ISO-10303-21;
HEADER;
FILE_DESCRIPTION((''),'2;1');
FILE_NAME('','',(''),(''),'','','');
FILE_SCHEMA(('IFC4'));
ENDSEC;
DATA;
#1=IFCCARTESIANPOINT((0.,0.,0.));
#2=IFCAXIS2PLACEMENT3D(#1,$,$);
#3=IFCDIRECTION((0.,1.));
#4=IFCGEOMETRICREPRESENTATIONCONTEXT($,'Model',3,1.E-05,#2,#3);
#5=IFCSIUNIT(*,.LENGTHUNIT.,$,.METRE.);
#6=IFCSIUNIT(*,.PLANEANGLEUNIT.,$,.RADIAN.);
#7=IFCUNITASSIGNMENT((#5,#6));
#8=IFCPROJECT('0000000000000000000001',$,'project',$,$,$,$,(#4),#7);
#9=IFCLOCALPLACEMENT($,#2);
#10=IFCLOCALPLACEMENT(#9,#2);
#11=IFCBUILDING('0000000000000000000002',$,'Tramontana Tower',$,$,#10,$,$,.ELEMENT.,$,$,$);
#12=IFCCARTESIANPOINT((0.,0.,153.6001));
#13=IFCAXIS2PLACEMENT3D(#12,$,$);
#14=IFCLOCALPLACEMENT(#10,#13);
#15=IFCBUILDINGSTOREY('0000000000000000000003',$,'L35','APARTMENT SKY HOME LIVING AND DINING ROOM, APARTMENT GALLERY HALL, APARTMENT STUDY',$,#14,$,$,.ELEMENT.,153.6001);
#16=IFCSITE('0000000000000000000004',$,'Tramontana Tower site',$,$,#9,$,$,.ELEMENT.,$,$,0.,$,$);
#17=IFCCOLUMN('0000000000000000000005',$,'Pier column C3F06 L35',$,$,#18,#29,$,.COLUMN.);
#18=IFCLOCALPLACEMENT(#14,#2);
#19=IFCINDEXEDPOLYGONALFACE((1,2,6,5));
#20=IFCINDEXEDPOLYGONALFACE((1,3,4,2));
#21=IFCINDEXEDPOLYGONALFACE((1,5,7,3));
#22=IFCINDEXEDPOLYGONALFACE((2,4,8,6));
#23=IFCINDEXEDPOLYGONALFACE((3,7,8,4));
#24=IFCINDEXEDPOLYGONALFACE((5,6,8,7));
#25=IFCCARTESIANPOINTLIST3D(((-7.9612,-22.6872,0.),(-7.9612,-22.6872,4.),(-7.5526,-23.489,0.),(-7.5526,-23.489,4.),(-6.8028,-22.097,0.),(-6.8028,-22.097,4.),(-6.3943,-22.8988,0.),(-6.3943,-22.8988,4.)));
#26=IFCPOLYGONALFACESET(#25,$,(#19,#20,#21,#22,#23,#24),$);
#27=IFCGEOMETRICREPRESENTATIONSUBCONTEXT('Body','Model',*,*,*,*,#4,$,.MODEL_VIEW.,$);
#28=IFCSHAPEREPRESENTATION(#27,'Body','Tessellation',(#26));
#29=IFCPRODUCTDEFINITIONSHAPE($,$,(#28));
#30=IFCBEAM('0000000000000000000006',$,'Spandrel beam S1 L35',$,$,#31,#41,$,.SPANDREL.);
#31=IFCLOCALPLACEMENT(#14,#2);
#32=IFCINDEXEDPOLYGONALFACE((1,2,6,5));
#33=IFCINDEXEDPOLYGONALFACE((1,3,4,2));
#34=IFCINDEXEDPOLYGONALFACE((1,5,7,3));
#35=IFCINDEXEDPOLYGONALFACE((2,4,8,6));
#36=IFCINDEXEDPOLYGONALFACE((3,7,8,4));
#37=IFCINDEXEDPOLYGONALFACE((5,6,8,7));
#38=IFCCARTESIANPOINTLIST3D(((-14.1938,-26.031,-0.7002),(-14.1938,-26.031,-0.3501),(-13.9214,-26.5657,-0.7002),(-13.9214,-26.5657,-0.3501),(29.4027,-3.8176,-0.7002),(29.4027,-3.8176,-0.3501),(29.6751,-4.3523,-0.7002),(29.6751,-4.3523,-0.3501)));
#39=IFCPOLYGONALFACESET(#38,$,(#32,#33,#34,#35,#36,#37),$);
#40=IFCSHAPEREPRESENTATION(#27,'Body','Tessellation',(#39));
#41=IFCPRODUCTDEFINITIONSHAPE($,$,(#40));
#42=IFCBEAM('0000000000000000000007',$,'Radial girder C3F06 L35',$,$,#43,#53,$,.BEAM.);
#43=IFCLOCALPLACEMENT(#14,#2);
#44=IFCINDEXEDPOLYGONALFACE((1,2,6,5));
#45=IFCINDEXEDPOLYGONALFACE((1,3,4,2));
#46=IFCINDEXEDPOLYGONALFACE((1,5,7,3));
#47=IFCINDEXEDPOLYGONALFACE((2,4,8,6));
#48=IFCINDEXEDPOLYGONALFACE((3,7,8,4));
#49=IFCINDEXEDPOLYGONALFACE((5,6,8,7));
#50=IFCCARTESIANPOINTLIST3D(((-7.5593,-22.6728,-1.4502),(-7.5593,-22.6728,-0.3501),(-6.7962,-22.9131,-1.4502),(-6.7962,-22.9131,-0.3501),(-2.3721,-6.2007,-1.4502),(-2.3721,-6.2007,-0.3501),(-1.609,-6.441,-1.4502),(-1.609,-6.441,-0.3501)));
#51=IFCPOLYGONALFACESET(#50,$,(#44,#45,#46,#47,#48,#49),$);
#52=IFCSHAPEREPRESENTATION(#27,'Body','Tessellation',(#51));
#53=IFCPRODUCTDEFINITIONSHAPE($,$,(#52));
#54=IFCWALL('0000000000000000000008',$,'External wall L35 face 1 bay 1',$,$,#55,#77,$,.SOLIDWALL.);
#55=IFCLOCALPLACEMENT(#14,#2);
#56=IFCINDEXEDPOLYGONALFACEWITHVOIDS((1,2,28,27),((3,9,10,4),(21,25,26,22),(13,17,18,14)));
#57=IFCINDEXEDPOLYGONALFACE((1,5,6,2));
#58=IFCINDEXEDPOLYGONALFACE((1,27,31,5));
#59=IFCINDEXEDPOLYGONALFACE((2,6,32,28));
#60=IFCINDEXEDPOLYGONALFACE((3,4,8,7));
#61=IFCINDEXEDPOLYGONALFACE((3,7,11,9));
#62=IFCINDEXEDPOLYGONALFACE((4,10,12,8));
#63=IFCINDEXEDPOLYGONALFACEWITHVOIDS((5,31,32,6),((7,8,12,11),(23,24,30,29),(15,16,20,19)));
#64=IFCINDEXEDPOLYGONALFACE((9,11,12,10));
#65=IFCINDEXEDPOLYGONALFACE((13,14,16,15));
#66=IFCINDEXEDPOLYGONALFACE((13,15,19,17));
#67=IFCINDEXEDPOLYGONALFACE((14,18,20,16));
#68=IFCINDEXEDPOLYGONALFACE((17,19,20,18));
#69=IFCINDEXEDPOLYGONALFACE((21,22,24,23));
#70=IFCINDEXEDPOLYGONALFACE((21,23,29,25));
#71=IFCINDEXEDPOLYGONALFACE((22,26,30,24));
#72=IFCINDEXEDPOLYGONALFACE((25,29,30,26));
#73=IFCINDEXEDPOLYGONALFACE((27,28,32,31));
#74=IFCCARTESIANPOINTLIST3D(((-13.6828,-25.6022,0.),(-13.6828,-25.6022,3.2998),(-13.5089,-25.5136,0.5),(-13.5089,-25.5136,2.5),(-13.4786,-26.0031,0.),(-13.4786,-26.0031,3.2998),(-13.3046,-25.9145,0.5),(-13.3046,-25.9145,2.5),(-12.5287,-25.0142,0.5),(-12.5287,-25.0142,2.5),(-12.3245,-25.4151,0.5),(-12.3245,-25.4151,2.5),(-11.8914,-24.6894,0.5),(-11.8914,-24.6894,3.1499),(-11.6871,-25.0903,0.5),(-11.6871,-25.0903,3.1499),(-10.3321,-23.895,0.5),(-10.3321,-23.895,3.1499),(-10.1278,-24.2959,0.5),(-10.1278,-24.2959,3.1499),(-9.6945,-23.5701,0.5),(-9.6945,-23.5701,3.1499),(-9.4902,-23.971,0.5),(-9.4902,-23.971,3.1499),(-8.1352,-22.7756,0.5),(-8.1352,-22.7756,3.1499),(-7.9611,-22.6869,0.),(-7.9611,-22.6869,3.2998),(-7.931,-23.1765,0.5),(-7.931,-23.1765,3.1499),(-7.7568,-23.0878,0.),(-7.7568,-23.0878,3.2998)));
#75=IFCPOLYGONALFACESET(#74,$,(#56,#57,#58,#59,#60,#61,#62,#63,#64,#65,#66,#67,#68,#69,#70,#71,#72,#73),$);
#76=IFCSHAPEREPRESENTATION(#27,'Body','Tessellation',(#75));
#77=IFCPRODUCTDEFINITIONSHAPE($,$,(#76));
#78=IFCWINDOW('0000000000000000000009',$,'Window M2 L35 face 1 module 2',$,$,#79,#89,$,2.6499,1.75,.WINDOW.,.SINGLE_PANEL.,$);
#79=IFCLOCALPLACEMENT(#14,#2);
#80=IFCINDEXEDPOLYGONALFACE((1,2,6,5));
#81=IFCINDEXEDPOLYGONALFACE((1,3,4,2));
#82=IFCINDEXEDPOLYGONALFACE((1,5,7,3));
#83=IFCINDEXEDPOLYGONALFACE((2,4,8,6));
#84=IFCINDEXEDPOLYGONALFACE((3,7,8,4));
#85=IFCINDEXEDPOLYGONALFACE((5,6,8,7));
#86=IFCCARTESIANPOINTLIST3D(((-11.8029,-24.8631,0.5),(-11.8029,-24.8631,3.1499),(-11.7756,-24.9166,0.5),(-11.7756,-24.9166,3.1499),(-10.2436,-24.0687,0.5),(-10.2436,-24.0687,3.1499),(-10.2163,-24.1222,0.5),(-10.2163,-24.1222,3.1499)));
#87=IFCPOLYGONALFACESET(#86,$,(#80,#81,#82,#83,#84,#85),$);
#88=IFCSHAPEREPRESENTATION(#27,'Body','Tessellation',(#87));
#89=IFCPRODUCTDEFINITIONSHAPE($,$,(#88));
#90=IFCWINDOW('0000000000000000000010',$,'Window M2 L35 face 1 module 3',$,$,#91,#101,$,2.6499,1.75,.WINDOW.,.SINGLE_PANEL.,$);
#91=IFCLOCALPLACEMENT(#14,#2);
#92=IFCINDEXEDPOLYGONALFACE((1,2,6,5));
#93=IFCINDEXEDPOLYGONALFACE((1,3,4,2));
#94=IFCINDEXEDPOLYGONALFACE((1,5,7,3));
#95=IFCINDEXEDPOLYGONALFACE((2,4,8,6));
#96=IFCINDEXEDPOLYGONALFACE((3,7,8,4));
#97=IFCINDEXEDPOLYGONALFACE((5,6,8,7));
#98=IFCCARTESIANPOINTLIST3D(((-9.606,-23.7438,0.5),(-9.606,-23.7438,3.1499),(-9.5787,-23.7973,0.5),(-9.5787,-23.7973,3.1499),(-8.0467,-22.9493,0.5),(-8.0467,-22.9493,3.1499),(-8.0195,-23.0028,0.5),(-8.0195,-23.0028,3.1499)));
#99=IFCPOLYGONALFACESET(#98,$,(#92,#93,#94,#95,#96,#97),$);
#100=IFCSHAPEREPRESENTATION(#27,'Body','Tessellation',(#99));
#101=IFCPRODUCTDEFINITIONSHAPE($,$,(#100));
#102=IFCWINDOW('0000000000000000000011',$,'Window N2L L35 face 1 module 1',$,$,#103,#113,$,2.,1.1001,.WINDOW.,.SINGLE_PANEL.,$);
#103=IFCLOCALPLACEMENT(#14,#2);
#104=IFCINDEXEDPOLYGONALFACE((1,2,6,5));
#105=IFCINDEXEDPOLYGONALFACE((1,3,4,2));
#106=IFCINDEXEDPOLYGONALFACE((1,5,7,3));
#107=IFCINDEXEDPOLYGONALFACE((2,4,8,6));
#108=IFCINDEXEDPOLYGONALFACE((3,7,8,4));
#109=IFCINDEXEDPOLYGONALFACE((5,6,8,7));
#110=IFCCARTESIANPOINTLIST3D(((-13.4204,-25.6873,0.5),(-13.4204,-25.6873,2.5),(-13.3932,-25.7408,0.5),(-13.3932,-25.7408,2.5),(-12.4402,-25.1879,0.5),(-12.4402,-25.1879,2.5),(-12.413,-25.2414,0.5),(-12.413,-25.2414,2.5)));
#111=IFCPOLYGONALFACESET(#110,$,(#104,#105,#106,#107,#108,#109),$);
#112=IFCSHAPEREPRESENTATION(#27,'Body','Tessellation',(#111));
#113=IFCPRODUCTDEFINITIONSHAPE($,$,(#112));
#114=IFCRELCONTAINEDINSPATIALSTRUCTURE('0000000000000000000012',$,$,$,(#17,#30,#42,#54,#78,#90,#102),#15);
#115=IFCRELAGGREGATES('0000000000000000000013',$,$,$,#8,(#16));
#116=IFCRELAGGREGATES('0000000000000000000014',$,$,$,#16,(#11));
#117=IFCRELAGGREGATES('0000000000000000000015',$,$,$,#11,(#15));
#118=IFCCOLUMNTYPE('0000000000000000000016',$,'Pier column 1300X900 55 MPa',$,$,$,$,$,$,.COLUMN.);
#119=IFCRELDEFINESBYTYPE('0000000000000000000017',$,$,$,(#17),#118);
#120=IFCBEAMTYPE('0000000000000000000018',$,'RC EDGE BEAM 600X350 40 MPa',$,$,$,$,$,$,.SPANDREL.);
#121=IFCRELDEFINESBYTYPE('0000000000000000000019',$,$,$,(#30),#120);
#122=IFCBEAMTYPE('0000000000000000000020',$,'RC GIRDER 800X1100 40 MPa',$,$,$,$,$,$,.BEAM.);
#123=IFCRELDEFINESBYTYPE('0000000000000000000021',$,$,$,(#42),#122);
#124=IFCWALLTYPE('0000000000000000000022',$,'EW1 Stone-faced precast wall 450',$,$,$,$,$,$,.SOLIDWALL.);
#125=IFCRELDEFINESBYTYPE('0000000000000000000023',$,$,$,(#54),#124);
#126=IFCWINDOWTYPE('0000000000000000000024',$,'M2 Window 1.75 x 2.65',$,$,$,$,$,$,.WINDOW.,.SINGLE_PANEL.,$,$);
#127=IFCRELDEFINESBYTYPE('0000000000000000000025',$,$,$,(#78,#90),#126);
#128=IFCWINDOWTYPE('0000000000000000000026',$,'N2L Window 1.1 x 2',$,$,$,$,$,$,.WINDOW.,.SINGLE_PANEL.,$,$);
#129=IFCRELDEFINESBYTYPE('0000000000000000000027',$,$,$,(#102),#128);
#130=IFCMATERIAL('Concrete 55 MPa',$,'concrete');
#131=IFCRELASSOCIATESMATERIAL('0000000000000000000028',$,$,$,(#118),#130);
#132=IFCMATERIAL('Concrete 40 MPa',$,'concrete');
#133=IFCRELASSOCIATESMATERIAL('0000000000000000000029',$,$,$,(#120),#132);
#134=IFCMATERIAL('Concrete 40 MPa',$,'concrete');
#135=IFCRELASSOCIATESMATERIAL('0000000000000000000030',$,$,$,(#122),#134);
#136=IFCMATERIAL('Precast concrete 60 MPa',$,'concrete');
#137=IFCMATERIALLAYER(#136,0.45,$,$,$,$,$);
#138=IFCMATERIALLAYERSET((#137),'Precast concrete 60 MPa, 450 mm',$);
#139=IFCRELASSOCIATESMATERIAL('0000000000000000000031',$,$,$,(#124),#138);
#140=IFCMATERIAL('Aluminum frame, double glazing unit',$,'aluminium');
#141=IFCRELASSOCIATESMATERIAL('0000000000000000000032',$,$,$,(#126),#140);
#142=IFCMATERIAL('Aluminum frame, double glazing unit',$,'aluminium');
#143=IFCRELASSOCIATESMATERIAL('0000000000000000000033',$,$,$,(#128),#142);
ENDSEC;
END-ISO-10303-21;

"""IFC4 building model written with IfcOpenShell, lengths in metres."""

from ifc_helpers import new_model, si_unit, direction, frame, frame_2d, origin, origin_2d, place, context, subcontext, project, spatial, rectangle, extrude, material, layer, layer_set, material_profile, profile_set, type_object, element, fill, save


model = new_model("IFC4")

# Units and contexts
model_context = context("Model", 3, precision=1e-05, world=origin(), true_north=direction((0.0, 1.0)))
body_context = subcontext(model_context, "Body", "Model", "MODEL_VIEW")
ifc_project = project(units=[si_unit("LENGTHUNIT", "METRE"), si_unit("PLANEANGLEUNIT", "RADIAN")], contexts=[model_context])

# Site, building, storey
site_placement = place(None, origin())
site = spatial("IfcSite", under=ifc_project, at=site_placement, Name="Tramontana Tower site", CompositionType="ELEMENT", RefElevation=0.0)
building_placement = place(site_placement, origin())
building = spatial("IfcBuilding", under=site, at=building_placement, Name="Tramontana Tower", CompositionType="ELEMENT")
storey_placement = place(building_placement, frame((0.0, 0.0, 153.6001)))
storey = spatial("IfcBuildingStorey", under=building, at=storey_placement, Name="L35", Description="APARTMENT SKY HOME LIVING AND DINING ROOM, APARTMENT GALLERY HALL, APARTMENT STUDY", CompositionType="ELEMENT", Elevation=153.6001)

# Column
ifc_material_1 = material(Name="Concrete 55 MPa", Category="concrete")
ifc_material_profile_1 = material_profile(ifc_material_1, rectangle(XDim=1.3, YDim=0.8999, at=origin_2d()), Name="Pier column 1300X900 55 MPa")
ifc_profile_set_1 = profile_set([ifc_material_profile_1], Name="Concrete 55 MPa")
column_type = type_object("IfcColumnType", Name="Pier column 1300X900 55 MPa", PredefinedType="COLUMN", material=ifc_profile_set_1)
column_placement = place(storey_placement, frame((-7.1777, -22.793, 0.0), z_axis=(0.0, 0.0, 1.0), x_axis=(0.891007, 0.45399, 0.0)))
element("IfcColumn", 1, at=column_placement, inside=storey, type_object=column_type, Name="Pier column C3F06 L35", PredefinedType="COLUMN", context=body_context, shape_type="SweptSolid", body=[
    extrude(rectangle(XDim=1.3, YDim=0.8999, at=origin_2d()), origin(), (0.0, 0.0, 1.0), 4.0),
])

# Beams
ifc_material_2 = material(Name="Concrete 40 MPa", Category="concrete")
ifc_material_profile_2 = material_profile(ifc_material_2, rectangle(XDim=0.6001, YDim=0.3501, at=origin_2d()), Name="RC EDGE BEAM 600X350 40 MPa")
ifc_profile_set_2 = profile_set([ifc_material_profile_2], Name="Concrete 40 MPa")
beam_type_1 = type_object("IfcBeamType", Name="RC EDGE BEAM 600X350 40 MPa", PredefinedType="SPANDREL", material=ifc_profile_set_2)
beam_1_placement = place(storey_placement, frame((-14.0576, -26.2983, -0.5251), z_axis=(0.891007, 0.453989, 0.0), x_axis=(-0.453989, 0.891007, 0.0)))
element("IfcBeam", 2, at=beam_1_placement, inside=storey, type_object=beam_type_1, Name="Spandrel beam S1 L35", PredefinedType="SPANDREL", context=body_context, shape_type="SweptSolid", body=[
    extrude(rectangle(XDim=0.6001, YDim=0.3501, at=origin_2d()), origin(), (0.0, 0.0, 1.0), 48.9294),
])
ifc_material_3 = material(Name="Concrete 40 MPa", Category="concrete")
ifc_material_profile_3 = material_profile(ifc_material_3, rectangle(XDim=0.8, YDim=1.1001, at=origin_2d()), Name="RC GIRDER 800X1100 40 MPa")
ifc_profile_set_3 = profile_set([ifc_material_profile_3], Name="Concrete 40 MPa")
beam_type_2 = type_object("IfcBeamType", Name="RC GIRDER 800X1100 40 MPa", PredefinedType="BEAM", material=ifc_profile_set_3)
beam_2_placement = place(storey_placement, frame((-7.1777, -22.793, -0.9001), z_axis=(0.300369, 0.953823, 0.0), x_axis=(-0.953823, 0.300369, 0.0)))
element("IfcBeam", 3, at=beam_2_placement, inside=storey, type_object=beam_type_2, Name="Radial girder C3F06 L35", PredefinedType="BEAM", context=body_context, shape_type="SweptSolid", body=[
    extrude(rectangle(XDim=0.8, YDim=1.1001, at=origin_2d()), origin(), (0.0, 0.0, 1.0), 17.2695),
])

# Wall, openings, windows
ifc_material_4 = material(Name="Precast concrete 60 MPa", Category="concrete")
ifc_layer_1 = layer(ifc_material_4, 0.45)
ifc_layer_set_1 = layer_set([ifc_layer_1], Name="Precast concrete 60 MPa, 450 mm")
wall_type_1 = type_object("IfcWallType", Name="EW1 Stone-faced precast wall 450", PredefinedType="SOLIDWALL", material=ifc_layer_set_1)
wall_1_placement = place(storey_placement, frame((-13.5808, -25.8027, 0.0), z_axis=(0.0, 0.0, 1.0), x_axis=(0.89101, 0.453983, 0.0)))
wall_1 = element("IfcWall", 4, at=wall_1_placement, inside=storey, type_object=wall_type_1, Name="External wall L35 face 1 bay 1", PredefinedType="SOLIDWALL", context=body_context, shape_type="SweptSolid", body=[
    extrude(rectangle(XDim=6.4216, YDim=0.45, at=frame_2d((3.2109, 0.0))), origin(), (0.0, 0.0, 1.0), 3.2998),
])
opening_1_placement = place(wall_1_placement, frame((0.1953, 0.0, 0.5)))
opening_1 = element("IfcOpeningElement", 5, at=opening_1_placement, cuts=wall_1, PredefinedType="OPENING", context=body_context, shape_type="SweptSolid", body=[
    extrude(rectangle(XDim=1.1001, YDim=2.0, at=frame_2d((0.55, 1.0))), frame((0.0, 0.2349, 0.0), z_axis=(0.0, -1.0, 0.0), x_axis=(1.0, 0.0, 0.0)), (0.0, 0.0, 1.0), 0.47),
])
opening_2_placement = place(wall_1_placement, frame((2.0107, 0.0, 0.5)))
opening_2 = element("IfcOpeningElement", 6, at=opening_2_placement, cuts=wall_1, PredefinedType="OPENING", context=body_context, shape_type="SweptSolid", body=[
    extrude(rectangle(XDim=1.75, YDim=2.6499, at=frame_2d((0.875, 1.325))), frame((0.0, 0.2349, 0.0), z_axis=(0.0, -1.0, 0.0), x_axis=(1.0, 0.0, 0.0)), (0.0, 0.0, 1.0), 0.47),
])
opening_3_placement = place(wall_1_placement, frame((4.4763, 0.0, 0.5)))
opening_3 = element("IfcOpeningElement", 7, at=opening_3_placement, cuts=wall_1, PredefinedType="OPENING", context=body_context, shape_type="SweptSolid", body=[
    extrude(rectangle(XDim=1.75, YDim=2.6499, at=frame_2d((0.875, 1.325))), frame((0.0, 0.2349, 0.0), z_axis=(0.0, -1.0, 0.0), x_axis=(1.0, 0.0, 0.0)), (0.0, 0.0, 1.0), 0.47),
])
ifc_material_5 = material(Name="Aluminum frame, double glazing unit", Category="aluminium")
window_type_1 = type_object("IfcWindowType", Name="M2 Window 1.75 x 2.65", PartitioningType="SINGLE_PANEL", PredefinedType="WINDOW", material=ifc_material_5)
window_1_placement = place(opening_2_placement, origin())
window_1 = element("IfcWindow", 8, at=window_1_placement, inside=storey, type_object=window_type_1, Name="Window M2 L35 face 1 module 2", OverallHeight=2.6499, OverallWidth=1.75, PartitioningType="SINGLE_PANEL", PredefinedType="WINDOW", context=body_context, shape_type="SweptSolid", body=[
    extrude(rectangle(XDim=1.75, YDim=2.6499, at=frame_2d((0.875, 1.325))), frame((0.0, 0.03, 0.0), z_axis=(0.0, -1.0, 0.0), x_axis=(1.0, 0.0, 0.0)), (0.0, 0.0, 1.0), 0.0601),
])
fill(opening_2, window_1)
window_2_placement = place(opening_3_placement, origin())
window_2 = element("IfcWindow", 9, at=window_2_placement, inside=storey, type_object=window_type_1, Name="Window M2 L35 face 1 module 3", OverallHeight=2.6499, OverallWidth=1.75, PartitioningType="SINGLE_PANEL", PredefinedType="WINDOW", context=body_context, shape_type="SweptSolid", body=[
    extrude(rectangle(XDim=1.75, YDim=2.6499, at=frame_2d((0.875, 1.325))), frame((0.0, 0.03, 0.0), z_axis=(0.0, -1.0, 0.0), x_axis=(1.0, 0.0, 0.0)), (0.0, 0.0, 1.0), 0.0601),
])
fill(opening_3, window_2)
ifc_material_6 = material(Name="Aluminum frame, double glazing unit", Category="aluminium")
window_type_2 = type_object("IfcWindowType", Name="N2L Window 1.1 x 2", PartitioningType="SINGLE_PANEL", PredefinedType="WINDOW", material=ifc_material_6)
window_3_placement = place(opening_1_placement, origin())
window_3 = element("IfcWindow", 10, at=window_3_placement, inside=storey, type_object=window_type_2, Name="Window N2L L35 face 1 module 1", OverallHeight=2.0, OverallWidth=1.1001, PartitioningType="SINGLE_PANEL", PredefinedType="WINDOW", context=body_context, shape_type="SweptSolid", body=[
    extrude(rectangle(XDim=1.1001, YDim=2.0, at=frame_2d((0.55, 1.0))), frame((0.0, 0.03, 0.0), z_axis=(0.0, -1.0, 0.0), x_axis=(1.0, 0.0, 0.0)), (0.0, 0.0, 1.0), 0.0601),
])
fill(opening_1, window_3)

save(model, "model.ifc")
